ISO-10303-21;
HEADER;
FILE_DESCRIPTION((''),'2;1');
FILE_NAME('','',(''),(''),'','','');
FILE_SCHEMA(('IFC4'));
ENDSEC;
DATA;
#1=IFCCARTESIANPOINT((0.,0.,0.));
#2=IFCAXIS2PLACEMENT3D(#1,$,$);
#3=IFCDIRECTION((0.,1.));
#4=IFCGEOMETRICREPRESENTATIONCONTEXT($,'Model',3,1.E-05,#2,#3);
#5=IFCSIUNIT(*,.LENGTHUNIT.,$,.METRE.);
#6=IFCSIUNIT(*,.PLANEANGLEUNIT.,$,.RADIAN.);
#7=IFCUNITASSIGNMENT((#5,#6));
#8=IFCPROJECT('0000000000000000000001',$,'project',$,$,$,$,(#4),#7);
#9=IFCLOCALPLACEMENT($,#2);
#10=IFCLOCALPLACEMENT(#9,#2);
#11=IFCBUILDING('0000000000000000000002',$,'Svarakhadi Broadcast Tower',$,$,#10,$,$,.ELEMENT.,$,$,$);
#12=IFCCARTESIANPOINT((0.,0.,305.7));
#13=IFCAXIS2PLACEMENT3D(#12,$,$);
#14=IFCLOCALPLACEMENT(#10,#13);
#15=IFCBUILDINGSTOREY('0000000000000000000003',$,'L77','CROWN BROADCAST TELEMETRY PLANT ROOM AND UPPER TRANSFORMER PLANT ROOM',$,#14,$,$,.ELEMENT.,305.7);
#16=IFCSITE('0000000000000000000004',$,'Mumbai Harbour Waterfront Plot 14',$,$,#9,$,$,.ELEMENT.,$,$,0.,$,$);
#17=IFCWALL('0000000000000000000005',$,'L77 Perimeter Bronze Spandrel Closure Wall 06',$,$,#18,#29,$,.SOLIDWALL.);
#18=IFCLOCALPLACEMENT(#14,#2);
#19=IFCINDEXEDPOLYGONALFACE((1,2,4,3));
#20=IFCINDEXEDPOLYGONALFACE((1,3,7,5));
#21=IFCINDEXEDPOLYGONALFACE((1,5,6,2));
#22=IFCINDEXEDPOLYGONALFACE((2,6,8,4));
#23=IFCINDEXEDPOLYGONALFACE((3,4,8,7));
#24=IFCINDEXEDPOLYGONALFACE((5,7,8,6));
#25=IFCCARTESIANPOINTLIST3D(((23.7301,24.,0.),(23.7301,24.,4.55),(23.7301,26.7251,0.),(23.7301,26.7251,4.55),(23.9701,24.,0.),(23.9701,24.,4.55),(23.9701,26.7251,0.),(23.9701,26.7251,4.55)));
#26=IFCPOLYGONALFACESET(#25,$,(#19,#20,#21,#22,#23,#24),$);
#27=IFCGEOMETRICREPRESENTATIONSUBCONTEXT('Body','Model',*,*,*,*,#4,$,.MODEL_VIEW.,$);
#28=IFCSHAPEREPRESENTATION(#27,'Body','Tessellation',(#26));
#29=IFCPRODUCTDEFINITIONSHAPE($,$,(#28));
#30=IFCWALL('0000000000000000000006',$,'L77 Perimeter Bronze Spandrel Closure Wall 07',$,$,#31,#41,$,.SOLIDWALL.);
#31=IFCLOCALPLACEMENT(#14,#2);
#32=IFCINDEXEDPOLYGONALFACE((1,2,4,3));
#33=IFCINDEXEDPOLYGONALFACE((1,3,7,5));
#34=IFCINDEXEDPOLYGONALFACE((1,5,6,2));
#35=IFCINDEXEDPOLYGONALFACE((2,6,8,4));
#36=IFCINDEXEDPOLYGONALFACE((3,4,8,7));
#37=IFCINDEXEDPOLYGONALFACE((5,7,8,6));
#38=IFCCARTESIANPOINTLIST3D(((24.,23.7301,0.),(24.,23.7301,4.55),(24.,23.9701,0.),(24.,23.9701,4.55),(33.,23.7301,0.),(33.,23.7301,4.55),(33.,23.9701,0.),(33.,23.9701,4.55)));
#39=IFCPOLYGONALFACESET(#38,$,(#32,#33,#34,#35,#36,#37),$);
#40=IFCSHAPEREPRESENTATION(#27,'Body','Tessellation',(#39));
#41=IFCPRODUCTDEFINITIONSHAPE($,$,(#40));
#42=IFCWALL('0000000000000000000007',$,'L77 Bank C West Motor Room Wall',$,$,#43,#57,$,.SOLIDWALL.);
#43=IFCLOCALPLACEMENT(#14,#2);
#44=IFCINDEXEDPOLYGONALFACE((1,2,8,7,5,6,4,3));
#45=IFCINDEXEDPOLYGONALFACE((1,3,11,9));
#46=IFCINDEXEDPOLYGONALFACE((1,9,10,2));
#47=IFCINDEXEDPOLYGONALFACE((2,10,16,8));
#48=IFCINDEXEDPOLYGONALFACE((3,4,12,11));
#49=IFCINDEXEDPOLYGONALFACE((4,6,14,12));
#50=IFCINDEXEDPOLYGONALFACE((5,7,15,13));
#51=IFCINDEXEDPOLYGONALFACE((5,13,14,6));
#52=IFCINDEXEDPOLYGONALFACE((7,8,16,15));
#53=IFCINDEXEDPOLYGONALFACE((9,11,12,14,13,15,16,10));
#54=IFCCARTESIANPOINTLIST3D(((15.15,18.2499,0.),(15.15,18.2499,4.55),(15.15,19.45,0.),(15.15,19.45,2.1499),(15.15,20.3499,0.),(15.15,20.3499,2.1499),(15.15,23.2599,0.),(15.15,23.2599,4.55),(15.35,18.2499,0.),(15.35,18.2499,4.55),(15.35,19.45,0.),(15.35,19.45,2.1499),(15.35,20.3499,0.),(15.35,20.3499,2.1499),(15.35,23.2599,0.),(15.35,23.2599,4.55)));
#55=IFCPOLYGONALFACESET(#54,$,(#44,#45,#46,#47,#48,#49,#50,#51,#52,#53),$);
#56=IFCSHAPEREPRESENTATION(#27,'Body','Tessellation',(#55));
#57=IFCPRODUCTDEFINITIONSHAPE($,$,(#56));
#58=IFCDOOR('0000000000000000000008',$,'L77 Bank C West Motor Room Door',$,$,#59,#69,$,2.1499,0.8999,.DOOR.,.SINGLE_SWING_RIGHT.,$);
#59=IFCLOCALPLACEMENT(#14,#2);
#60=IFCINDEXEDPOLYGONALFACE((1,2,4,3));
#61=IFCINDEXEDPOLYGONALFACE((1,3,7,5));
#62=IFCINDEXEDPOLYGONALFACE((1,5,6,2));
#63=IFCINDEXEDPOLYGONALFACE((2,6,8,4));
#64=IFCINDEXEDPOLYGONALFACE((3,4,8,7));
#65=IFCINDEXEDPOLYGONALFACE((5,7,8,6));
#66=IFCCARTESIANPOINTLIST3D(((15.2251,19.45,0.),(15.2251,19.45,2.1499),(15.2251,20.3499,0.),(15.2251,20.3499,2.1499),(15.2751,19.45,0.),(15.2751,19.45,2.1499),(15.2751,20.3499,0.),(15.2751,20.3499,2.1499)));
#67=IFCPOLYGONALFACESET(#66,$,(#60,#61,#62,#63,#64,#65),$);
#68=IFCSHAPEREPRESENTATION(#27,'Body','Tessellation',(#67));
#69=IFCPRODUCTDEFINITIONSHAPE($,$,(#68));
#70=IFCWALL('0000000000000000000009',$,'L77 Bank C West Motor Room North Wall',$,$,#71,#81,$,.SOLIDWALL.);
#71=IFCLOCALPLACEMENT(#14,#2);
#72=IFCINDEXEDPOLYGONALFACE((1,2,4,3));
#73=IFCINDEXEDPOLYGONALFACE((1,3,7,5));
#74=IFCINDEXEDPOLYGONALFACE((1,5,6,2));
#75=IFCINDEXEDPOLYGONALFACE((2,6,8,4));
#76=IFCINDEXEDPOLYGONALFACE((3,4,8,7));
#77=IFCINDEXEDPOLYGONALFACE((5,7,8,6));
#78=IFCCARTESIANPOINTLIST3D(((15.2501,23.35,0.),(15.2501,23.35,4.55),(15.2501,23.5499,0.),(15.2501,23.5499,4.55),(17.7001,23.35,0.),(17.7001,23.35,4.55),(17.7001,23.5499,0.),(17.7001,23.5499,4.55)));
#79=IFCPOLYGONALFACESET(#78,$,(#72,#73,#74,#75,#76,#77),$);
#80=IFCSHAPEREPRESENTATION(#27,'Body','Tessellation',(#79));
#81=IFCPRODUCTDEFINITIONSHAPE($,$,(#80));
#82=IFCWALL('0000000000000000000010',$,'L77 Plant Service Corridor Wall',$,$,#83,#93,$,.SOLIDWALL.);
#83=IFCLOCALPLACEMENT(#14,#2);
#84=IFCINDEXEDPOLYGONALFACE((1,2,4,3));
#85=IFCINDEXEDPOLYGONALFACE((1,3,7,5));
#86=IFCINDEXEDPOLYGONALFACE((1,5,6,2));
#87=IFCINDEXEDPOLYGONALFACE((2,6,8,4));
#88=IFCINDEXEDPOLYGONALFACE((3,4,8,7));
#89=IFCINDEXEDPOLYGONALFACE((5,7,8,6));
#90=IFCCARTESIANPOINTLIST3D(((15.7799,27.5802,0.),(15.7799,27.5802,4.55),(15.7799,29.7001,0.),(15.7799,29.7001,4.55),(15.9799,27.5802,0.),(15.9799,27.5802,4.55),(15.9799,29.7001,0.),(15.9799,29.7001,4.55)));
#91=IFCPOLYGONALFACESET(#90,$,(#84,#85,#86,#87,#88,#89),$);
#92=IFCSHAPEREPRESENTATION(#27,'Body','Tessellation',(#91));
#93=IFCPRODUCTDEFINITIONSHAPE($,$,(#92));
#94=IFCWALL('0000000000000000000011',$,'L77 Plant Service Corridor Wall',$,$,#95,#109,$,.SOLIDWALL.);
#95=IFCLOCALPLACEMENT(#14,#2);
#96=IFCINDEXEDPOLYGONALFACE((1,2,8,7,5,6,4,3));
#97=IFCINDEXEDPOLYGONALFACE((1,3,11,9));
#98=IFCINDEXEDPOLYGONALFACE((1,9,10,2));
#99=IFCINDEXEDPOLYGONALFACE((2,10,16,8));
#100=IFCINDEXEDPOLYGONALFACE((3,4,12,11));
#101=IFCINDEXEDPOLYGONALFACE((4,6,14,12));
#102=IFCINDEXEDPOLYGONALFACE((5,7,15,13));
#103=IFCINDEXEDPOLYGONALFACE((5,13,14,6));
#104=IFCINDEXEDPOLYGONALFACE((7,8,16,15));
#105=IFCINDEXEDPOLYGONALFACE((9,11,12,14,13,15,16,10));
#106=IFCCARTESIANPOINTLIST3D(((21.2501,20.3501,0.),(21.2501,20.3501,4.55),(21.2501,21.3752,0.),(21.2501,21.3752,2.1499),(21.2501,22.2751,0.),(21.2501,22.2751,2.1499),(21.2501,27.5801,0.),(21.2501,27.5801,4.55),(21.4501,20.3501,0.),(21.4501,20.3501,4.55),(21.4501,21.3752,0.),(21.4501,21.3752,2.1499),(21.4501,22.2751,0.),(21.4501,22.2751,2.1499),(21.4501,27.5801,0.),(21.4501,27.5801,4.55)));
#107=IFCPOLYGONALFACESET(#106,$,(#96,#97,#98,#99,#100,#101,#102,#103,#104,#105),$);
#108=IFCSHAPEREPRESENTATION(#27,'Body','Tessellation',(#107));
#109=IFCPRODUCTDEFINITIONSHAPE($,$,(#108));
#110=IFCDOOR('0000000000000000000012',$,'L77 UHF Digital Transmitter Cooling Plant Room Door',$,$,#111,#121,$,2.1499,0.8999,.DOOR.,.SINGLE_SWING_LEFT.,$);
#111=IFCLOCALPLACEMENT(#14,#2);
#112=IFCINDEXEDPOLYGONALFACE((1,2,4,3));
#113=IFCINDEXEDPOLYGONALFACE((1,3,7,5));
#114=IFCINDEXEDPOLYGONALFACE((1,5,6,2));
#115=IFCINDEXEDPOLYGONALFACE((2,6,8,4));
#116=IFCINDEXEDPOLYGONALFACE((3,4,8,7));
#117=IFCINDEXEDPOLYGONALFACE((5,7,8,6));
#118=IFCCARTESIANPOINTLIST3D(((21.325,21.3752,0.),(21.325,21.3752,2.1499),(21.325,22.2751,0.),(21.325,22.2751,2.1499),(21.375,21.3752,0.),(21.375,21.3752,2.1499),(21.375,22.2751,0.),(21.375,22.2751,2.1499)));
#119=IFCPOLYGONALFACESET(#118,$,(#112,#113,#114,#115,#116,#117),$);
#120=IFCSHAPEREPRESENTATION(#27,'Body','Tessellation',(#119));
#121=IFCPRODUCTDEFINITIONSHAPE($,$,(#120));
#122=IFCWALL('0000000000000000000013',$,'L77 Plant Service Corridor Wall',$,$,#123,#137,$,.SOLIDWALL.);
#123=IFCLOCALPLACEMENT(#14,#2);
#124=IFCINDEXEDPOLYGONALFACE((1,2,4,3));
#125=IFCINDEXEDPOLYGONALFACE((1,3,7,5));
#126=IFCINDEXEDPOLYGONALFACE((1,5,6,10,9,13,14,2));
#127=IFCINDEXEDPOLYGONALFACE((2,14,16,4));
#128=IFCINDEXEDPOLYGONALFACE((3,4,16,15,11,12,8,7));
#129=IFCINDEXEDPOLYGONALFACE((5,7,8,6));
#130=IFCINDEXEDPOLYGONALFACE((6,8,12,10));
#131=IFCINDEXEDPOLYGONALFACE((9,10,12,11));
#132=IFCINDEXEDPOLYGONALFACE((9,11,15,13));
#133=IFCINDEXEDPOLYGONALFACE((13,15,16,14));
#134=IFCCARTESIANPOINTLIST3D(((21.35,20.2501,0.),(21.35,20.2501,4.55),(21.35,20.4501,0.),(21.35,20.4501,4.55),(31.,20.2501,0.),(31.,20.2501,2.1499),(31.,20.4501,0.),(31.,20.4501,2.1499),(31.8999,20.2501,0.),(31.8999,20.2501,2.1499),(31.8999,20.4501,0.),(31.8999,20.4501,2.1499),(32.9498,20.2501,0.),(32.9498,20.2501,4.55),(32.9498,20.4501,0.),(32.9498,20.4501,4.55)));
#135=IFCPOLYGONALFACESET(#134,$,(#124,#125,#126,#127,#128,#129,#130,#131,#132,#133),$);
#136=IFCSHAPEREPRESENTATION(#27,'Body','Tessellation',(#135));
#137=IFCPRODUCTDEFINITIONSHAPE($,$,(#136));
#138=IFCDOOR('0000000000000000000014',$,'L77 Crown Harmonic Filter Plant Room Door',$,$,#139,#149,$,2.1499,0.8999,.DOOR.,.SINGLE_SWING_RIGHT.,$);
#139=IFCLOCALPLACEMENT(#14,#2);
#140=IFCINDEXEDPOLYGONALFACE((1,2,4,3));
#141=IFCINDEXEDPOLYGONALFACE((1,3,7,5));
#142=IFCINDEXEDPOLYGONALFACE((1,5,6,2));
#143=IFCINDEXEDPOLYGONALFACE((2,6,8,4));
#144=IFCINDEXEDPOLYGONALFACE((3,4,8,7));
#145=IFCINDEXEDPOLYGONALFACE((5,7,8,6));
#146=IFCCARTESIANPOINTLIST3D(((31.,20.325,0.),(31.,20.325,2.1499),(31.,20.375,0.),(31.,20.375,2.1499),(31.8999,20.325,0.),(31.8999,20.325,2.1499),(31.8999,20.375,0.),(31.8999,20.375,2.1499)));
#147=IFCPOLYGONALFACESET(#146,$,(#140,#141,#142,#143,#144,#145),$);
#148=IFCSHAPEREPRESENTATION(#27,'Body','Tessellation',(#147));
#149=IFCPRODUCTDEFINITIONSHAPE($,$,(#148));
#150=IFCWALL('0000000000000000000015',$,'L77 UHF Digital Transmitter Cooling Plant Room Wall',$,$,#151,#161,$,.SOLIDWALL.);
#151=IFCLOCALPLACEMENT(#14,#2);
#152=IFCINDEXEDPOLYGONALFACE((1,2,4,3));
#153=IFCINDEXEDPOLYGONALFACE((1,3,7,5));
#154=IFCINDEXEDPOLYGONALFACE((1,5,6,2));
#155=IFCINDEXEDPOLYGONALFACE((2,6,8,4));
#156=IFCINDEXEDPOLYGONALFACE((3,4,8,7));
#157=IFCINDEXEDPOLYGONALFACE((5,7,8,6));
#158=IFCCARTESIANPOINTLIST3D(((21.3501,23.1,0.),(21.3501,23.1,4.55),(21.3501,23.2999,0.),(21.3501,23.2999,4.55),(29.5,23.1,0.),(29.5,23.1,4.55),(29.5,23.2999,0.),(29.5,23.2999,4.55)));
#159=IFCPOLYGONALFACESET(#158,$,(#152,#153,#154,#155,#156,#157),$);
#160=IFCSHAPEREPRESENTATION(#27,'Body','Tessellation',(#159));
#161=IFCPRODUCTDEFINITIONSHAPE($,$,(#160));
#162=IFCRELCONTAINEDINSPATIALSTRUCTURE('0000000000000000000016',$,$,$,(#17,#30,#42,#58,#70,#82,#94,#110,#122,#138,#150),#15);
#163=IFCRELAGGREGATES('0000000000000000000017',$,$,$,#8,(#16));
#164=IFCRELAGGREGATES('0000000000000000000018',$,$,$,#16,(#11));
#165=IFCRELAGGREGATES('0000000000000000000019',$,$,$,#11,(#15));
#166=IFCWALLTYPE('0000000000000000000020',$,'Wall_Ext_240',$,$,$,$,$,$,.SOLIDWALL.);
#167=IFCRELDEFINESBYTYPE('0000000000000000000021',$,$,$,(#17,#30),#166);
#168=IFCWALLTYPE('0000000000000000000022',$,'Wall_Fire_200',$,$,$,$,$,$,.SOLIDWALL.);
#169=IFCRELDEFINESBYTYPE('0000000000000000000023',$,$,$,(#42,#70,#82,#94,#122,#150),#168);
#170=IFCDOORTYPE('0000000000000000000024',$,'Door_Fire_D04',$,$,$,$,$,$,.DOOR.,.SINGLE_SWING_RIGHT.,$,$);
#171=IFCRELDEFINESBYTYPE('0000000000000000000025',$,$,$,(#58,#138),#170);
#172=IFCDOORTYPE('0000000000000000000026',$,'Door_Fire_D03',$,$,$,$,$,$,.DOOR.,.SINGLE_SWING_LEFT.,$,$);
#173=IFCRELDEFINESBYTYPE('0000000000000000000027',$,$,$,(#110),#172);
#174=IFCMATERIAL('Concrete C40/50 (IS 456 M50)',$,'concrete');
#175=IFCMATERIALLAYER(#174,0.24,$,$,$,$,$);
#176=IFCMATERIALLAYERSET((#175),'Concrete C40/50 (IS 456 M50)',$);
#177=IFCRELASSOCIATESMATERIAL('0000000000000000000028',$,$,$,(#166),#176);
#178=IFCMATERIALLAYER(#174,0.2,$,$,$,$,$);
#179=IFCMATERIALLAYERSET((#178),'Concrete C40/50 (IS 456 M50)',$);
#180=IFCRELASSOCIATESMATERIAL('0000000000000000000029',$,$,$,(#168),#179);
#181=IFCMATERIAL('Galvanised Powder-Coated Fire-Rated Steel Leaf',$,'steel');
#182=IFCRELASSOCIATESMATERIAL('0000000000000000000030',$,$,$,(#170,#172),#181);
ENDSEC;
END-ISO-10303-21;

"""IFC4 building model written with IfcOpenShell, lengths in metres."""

from ifc_helpers import new_model, si_unit, direction, frame, frame_2d, origin, place, context, subcontext, project, spatial, rectangle, extrude, material, layer, layer_set, type_object, element, fill, save


model = new_model("IFC4")

# Units and contexts
model_context = context("Model", 3, precision=1e-05, world=origin(), true_north=direction((0.0, 1.0)))
body_context = subcontext(model_context, "Body", "Model", "MODEL_VIEW")
ifc_project = project(units=[si_unit("LENGTHUNIT", "METRE"), si_unit("PLANEANGLEUNIT", "RADIAN")], contexts=[model_context])

# Site, building, storey
site_placement = place(None, origin())
site = spatial("IfcSite", under=ifc_project, at=site_placement, Name="Mumbai Harbour Waterfront Plot 14", CompositionType="ELEMENT", RefElevation=0.0)
building_placement = place(site_placement, origin())
building = spatial("IfcBuilding", under=site, at=building_placement, Name="Svarakhadi Broadcast Tower", CompositionType="ELEMENT")
storey_placement = place(building_placement, frame((0.0, 0.0, 305.7)))
storey = spatial("IfcBuildingStorey", under=building, at=storey_placement, Name="L77", Description="CROWN BROADCAST TELEMETRY PLANT ROOM AND UPPER TRANSFORMER PLANT ROOM", CompositionType="ELEMENT", Elevation=305.7)

# Walls
ifc_material_1 = material(Name="Concrete C40/50 (IS 456 M50)", Category="concrete")
ifc_layer_1 = layer(ifc_material_1, 0.24)
ifc_layer_set_1 = layer_set([ifc_layer_1], Name="Concrete C40/50 (IS 456 M50)")
wall_type_1 = type_object("IfcWallType", Name="Wall_Ext_240", PredefinedType="SOLIDWALL", material=ifc_layer_set_1)
wall_1_placement = place(storey_placement, frame((23.8501, 26.7251, 0.0), z_axis=(0.0, 0.0, 1.0), x_axis=(0.0, -1.0, 0.0)))
element("IfcWall", 1, at=wall_1_placement, inside=storey, type_object=wall_type_1, Name="L77 Perimeter Bronze Spandrel Closure Wall 06", PredefinedType="SOLIDWALL", context=body_context, shape_type="SweptSolid", body=[
    extrude(rectangle(XDim=2.7251, YDim=0.24, at=frame_2d((1.3625, 0.0))), origin(), (0.0, 0.0, 1.0), 4.55),
])
wall_2_placement = place(storey_placement, frame((24.0, 23.8501, 0.0), z_axis=(0.0, 0.0, 1.0), x_axis=(1.0, 0.0, 0.0)))
element("IfcWall", 2, at=wall_2_placement, inside=storey, type_object=wall_type_1, Name="L77 Perimeter Bronze Spandrel Closure Wall 07", PredefinedType="SOLIDWALL", context=body_context, shape_type="SweptSolid", body=[
    extrude(rectangle(XDim=9.0, YDim=0.24, at=frame_2d((4.5, 0.0))), origin(), (0.0, 0.0, 1.0), 4.55),
])

# Wall, opening, door
ifc_layer_2 = layer(ifc_material_1, 0.2)
ifc_layer_set_2 = layer_set([ifc_layer_2], Name="Concrete C40/50 (IS 456 M50)")
wall_type_2 = type_object("IfcWallType", Name="Wall_Fire_200", PredefinedType="SOLIDWALL", material=ifc_layer_set_2)
wall_3_placement = place(storey_placement, frame((15.25, 18.25, 0.0), z_axis=(0.0, 0.0, 1.0), x_axis=(0.0, 1.0, 0.0)))
wall_3 = element("IfcWall", 3, at=wall_3_placement, inside=storey, type_object=wall_type_2, Name="L77 Bank C West Motor Room Wall", PredefinedType="SOLIDWALL", context=body_context, shape_type="SweptSolid", body=[
    extrude(rectangle(XDim=5.01, YDim=0.2, at=frame_2d((2.5049, 0.0))), origin(), (0.0, 0.0, 1.0), 4.55),
])
opening_1_placement = place(wall_3_placement, frame((1.2, 0.0, 0.0)))
opening_1 = element("IfcOpeningElement", 4, at=opening_1_placement, cuts=wall_3, PredefinedType="OPENING", context=body_context, shape_type="SweptSolid", body=[
    extrude(rectangle(XDim=0.8999, YDim=2.1499, at=frame_2d((0.45, 1.075))), frame((0.0, 0.1099, 0.0), z_axis=(0.0, -1.0, 0.0), x_axis=(1.0, 0.0, 0.0)), (0.0, 0.0, 1.0), 0.22),
])
ifc_material_2 = material(Name="Galvanised Powder-Coated Fire-Rated Steel Leaf", Category="steel")
door_type_1 = type_object("IfcDoorType", Name="Door_Fire_D04", OperationType="SINGLE_SWING_RIGHT", PredefinedType="DOOR", material=ifc_material_2)
door_1_placement = place(opening_1_placement, origin())
door_1 = element("IfcDoor", 5, at=door_1_placement, inside=storey, type_object=door_type_1, Name="L77 Bank C West Motor Room Door", OperationType="SINGLE_SWING_RIGHT", OverallHeight=2.1499, OverallWidth=0.8999, PredefinedType="DOOR", context=body_context, shape_type="SweptSolid", body=[
    extrude(rectangle(XDim=0.8999, YDim=2.1499, at=frame_2d((0.45, 1.075))), frame((0.0, 0.0249, 0.0), z_axis=(0.0, -1.0, 0.0), x_axis=(1.0, 0.0, 0.0)), (0.0, 0.0, 1.0), 0.05),
])
fill(opening_1, door_1)

# Walls
wall_4_placement = place(storey_placement, frame((15.25, 23.45, 0.0), z_axis=(0.0, 0.0, 1.0), x_axis=(1.0, 0.0, 0.0)))
element("IfcWall", 6, at=wall_4_placement, inside=storey, type_object=wall_type_2, Name="L77 Bank C West Motor Room North Wall", PredefinedType="SOLIDWALL", context=body_context, shape_type="SweptSolid", body=[
    extrude(rectangle(XDim=2.45, YDim=0.2, at=frame_2d((1.2251, 0.0))), origin(), (0.0, 0.0, 1.0), 4.55),
])
wall_5_placement = place(storey_placement, frame((15.8799, 27.5801, 0.0), z_axis=(0.0, 0.0, 1.0), x_axis=(0.0, 1.0, 0.0)))
element("IfcWall", 7, at=wall_5_placement, inside=storey, type_object=wall_type_2, Name="L77 Plant Service Corridor Wall", PredefinedType="SOLIDWALL", context=body_context, shape_type="SweptSolid", body=[
    extrude(rectangle(XDim=2.1199, YDim=0.2, at=frame_2d((1.0601, 0.0))), origin(), (0.0, 0.0, 1.0), 4.55),
])

# Walls, openings, doors
wall_6_placement = place(storey_placement, frame((21.3501, 27.5801, 0.0), z_axis=(0.0, 0.0, 1.0), x_axis=(0.0, -1.0, 0.0)))
wall_6 = element("IfcWall", 8, at=wall_6_placement, inside=storey, type_object=wall_type_2, Name="L77 Plant Service Corridor Wall", PredefinedType="SOLIDWALL", context=body_context, shape_type="SweptSolid", body=[
    extrude(rectangle(XDim=7.23, YDim=0.2, at=frame_2d((3.615, 0.0))), origin(), (0.0, 0.0, 1.0), 4.55),
])
opening_2_placement = place(wall_6_placement, frame((5.3049, 0.0, 0.0)))
opening_2 = element("IfcOpeningElement", 9, at=opening_2_placement, cuts=wall_6, PredefinedType="OPENING", context=body_context, shape_type="SweptSolid", body=[
    extrude(rectangle(XDim=0.8999, YDim=2.1499, at=frame_2d((0.45, 1.075))), frame((0.0, 0.1099, 0.0), z_axis=(0.0, -1.0, 0.0), x_axis=(1.0, 0.0, 0.0)), (0.0, 0.0, 1.0), 0.22),
])
door_type_2 = type_object("IfcDoorType", Name="Door_Fire_D03", OperationType="SINGLE_SWING_LEFT", PredefinedType="DOOR", material=ifc_material_2)
door_2_placement = place(opening_2_placement, origin())
door_2 = element("IfcDoor", 10, at=door_2_placement, inside=storey, type_object=door_type_2, Name="L77 UHF Digital Transmitter Cooling Plant Room Door", OperationType="SINGLE_SWING_LEFT", OverallHeight=2.1499, OverallWidth=0.8999, PredefinedType="DOOR", context=body_context, shape_type="SweptSolid", body=[
    extrude(rectangle(XDim=0.8999, YDim=2.1499, at=frame_2d((0.45, 1.075))), frame((0.0, 0.0249, 0.0), z_axis=(0.0, -1.0, 0.0), x_axis=(1.0, 0.0, 0.0)), (0.0, 0.0, 1.0), 0.05),
])
fill(opening_2, door_2)
wall_7_placement = place(storey_placement, frame((21.3501, 20.3501, 0.0), z_axis=(0.0, 0.0, 1.0), x_axis=(1.0, 0.0, 0.0)))
wall_7 = element("IfcWall", 11, at=wall_7_placement, inside=storey, type_object=wall_type_2, Name="L77 Plant Service Corridor Wall", PredefinedType="SOLIDWALL", context=body_context, shape_type="SweptSolid", body=[
    extrude(rectangle(XDim=11.5999, YDim=0.2, at=frame_2d((5.7998, 0.0))), origin(), (0.0, 0.0, 1.0), 4.55),
])
opening_3_placement = place(wall_7_placement, frame((9.6499, 0.0, 0.0)))
opening_3 = element("IfcOpeningElement", 12, at=opening_3_placement, cuts=wall_7, PredefinedType="OPENING", context=body_context, shape_type="SweptSolid", body=[
    extrude(rectangle(XDim=0.8999, YDim=2.1499, at=frame_2d((0.45, 1.075))), frame((0.0, 0.1099, 0.0), z_axis=(0.0, -1.0, 0.0), x_axis=(1.0, 0.0, 0.0)), (0.0, 0.0, 1.0), 0.22),
])
door_3_placement = place(opening_3_placement, origin())
door_3 = element("IfcDoor", 13, at=door_3_placement, inside=storey, type_object=door_type_1, Name="L77 Crown Harmonic Filter Plant Room Door", OperationType="SINGLE_SWING_RIGHT", OverallHeight=2.1499, OverallWidth=0.8999, PredefinedType="DOOR", context=body_context, shape_type="SweptSolid", body=[
    extrude(rectangle(XDim=0.8999, YDim=2.1499, at=frame_2d((0.45, 1.075))), frame((0.0, 0.0249, 0.0), z_axis=(0.0, -1.0, 0.0), x_axis=(1.0, 0.0, 0.0)), (0.0, 0.0, 1.0), 0.05),
])
fill(opening_3, door_3)

# Wall
wall_8_placement = place(storey_placement, frame((21.3501, 23.2, 0.0), z_axis=(0.0, 0.0, 1.0), x_axis=(1.0, 0.0, 0.0)))
element("IfcWall", 14, at=wall_8_placement, inside=storey, type_object=wall_type_2, Name="L77 UHF Digital Transmitter Cooling Plant Room Wall", PredefinedType="SOLIDWALL", context=body_context, shape_type="SweptSolid", body=[
    extrude(rectangle(XDim=8.1499, YDim=0.2, at=frame_2d((4.075, 0.0))), origin(), (0.0, 0.0, 1.0), 4.55),
])

save(model, "model.ifc")
